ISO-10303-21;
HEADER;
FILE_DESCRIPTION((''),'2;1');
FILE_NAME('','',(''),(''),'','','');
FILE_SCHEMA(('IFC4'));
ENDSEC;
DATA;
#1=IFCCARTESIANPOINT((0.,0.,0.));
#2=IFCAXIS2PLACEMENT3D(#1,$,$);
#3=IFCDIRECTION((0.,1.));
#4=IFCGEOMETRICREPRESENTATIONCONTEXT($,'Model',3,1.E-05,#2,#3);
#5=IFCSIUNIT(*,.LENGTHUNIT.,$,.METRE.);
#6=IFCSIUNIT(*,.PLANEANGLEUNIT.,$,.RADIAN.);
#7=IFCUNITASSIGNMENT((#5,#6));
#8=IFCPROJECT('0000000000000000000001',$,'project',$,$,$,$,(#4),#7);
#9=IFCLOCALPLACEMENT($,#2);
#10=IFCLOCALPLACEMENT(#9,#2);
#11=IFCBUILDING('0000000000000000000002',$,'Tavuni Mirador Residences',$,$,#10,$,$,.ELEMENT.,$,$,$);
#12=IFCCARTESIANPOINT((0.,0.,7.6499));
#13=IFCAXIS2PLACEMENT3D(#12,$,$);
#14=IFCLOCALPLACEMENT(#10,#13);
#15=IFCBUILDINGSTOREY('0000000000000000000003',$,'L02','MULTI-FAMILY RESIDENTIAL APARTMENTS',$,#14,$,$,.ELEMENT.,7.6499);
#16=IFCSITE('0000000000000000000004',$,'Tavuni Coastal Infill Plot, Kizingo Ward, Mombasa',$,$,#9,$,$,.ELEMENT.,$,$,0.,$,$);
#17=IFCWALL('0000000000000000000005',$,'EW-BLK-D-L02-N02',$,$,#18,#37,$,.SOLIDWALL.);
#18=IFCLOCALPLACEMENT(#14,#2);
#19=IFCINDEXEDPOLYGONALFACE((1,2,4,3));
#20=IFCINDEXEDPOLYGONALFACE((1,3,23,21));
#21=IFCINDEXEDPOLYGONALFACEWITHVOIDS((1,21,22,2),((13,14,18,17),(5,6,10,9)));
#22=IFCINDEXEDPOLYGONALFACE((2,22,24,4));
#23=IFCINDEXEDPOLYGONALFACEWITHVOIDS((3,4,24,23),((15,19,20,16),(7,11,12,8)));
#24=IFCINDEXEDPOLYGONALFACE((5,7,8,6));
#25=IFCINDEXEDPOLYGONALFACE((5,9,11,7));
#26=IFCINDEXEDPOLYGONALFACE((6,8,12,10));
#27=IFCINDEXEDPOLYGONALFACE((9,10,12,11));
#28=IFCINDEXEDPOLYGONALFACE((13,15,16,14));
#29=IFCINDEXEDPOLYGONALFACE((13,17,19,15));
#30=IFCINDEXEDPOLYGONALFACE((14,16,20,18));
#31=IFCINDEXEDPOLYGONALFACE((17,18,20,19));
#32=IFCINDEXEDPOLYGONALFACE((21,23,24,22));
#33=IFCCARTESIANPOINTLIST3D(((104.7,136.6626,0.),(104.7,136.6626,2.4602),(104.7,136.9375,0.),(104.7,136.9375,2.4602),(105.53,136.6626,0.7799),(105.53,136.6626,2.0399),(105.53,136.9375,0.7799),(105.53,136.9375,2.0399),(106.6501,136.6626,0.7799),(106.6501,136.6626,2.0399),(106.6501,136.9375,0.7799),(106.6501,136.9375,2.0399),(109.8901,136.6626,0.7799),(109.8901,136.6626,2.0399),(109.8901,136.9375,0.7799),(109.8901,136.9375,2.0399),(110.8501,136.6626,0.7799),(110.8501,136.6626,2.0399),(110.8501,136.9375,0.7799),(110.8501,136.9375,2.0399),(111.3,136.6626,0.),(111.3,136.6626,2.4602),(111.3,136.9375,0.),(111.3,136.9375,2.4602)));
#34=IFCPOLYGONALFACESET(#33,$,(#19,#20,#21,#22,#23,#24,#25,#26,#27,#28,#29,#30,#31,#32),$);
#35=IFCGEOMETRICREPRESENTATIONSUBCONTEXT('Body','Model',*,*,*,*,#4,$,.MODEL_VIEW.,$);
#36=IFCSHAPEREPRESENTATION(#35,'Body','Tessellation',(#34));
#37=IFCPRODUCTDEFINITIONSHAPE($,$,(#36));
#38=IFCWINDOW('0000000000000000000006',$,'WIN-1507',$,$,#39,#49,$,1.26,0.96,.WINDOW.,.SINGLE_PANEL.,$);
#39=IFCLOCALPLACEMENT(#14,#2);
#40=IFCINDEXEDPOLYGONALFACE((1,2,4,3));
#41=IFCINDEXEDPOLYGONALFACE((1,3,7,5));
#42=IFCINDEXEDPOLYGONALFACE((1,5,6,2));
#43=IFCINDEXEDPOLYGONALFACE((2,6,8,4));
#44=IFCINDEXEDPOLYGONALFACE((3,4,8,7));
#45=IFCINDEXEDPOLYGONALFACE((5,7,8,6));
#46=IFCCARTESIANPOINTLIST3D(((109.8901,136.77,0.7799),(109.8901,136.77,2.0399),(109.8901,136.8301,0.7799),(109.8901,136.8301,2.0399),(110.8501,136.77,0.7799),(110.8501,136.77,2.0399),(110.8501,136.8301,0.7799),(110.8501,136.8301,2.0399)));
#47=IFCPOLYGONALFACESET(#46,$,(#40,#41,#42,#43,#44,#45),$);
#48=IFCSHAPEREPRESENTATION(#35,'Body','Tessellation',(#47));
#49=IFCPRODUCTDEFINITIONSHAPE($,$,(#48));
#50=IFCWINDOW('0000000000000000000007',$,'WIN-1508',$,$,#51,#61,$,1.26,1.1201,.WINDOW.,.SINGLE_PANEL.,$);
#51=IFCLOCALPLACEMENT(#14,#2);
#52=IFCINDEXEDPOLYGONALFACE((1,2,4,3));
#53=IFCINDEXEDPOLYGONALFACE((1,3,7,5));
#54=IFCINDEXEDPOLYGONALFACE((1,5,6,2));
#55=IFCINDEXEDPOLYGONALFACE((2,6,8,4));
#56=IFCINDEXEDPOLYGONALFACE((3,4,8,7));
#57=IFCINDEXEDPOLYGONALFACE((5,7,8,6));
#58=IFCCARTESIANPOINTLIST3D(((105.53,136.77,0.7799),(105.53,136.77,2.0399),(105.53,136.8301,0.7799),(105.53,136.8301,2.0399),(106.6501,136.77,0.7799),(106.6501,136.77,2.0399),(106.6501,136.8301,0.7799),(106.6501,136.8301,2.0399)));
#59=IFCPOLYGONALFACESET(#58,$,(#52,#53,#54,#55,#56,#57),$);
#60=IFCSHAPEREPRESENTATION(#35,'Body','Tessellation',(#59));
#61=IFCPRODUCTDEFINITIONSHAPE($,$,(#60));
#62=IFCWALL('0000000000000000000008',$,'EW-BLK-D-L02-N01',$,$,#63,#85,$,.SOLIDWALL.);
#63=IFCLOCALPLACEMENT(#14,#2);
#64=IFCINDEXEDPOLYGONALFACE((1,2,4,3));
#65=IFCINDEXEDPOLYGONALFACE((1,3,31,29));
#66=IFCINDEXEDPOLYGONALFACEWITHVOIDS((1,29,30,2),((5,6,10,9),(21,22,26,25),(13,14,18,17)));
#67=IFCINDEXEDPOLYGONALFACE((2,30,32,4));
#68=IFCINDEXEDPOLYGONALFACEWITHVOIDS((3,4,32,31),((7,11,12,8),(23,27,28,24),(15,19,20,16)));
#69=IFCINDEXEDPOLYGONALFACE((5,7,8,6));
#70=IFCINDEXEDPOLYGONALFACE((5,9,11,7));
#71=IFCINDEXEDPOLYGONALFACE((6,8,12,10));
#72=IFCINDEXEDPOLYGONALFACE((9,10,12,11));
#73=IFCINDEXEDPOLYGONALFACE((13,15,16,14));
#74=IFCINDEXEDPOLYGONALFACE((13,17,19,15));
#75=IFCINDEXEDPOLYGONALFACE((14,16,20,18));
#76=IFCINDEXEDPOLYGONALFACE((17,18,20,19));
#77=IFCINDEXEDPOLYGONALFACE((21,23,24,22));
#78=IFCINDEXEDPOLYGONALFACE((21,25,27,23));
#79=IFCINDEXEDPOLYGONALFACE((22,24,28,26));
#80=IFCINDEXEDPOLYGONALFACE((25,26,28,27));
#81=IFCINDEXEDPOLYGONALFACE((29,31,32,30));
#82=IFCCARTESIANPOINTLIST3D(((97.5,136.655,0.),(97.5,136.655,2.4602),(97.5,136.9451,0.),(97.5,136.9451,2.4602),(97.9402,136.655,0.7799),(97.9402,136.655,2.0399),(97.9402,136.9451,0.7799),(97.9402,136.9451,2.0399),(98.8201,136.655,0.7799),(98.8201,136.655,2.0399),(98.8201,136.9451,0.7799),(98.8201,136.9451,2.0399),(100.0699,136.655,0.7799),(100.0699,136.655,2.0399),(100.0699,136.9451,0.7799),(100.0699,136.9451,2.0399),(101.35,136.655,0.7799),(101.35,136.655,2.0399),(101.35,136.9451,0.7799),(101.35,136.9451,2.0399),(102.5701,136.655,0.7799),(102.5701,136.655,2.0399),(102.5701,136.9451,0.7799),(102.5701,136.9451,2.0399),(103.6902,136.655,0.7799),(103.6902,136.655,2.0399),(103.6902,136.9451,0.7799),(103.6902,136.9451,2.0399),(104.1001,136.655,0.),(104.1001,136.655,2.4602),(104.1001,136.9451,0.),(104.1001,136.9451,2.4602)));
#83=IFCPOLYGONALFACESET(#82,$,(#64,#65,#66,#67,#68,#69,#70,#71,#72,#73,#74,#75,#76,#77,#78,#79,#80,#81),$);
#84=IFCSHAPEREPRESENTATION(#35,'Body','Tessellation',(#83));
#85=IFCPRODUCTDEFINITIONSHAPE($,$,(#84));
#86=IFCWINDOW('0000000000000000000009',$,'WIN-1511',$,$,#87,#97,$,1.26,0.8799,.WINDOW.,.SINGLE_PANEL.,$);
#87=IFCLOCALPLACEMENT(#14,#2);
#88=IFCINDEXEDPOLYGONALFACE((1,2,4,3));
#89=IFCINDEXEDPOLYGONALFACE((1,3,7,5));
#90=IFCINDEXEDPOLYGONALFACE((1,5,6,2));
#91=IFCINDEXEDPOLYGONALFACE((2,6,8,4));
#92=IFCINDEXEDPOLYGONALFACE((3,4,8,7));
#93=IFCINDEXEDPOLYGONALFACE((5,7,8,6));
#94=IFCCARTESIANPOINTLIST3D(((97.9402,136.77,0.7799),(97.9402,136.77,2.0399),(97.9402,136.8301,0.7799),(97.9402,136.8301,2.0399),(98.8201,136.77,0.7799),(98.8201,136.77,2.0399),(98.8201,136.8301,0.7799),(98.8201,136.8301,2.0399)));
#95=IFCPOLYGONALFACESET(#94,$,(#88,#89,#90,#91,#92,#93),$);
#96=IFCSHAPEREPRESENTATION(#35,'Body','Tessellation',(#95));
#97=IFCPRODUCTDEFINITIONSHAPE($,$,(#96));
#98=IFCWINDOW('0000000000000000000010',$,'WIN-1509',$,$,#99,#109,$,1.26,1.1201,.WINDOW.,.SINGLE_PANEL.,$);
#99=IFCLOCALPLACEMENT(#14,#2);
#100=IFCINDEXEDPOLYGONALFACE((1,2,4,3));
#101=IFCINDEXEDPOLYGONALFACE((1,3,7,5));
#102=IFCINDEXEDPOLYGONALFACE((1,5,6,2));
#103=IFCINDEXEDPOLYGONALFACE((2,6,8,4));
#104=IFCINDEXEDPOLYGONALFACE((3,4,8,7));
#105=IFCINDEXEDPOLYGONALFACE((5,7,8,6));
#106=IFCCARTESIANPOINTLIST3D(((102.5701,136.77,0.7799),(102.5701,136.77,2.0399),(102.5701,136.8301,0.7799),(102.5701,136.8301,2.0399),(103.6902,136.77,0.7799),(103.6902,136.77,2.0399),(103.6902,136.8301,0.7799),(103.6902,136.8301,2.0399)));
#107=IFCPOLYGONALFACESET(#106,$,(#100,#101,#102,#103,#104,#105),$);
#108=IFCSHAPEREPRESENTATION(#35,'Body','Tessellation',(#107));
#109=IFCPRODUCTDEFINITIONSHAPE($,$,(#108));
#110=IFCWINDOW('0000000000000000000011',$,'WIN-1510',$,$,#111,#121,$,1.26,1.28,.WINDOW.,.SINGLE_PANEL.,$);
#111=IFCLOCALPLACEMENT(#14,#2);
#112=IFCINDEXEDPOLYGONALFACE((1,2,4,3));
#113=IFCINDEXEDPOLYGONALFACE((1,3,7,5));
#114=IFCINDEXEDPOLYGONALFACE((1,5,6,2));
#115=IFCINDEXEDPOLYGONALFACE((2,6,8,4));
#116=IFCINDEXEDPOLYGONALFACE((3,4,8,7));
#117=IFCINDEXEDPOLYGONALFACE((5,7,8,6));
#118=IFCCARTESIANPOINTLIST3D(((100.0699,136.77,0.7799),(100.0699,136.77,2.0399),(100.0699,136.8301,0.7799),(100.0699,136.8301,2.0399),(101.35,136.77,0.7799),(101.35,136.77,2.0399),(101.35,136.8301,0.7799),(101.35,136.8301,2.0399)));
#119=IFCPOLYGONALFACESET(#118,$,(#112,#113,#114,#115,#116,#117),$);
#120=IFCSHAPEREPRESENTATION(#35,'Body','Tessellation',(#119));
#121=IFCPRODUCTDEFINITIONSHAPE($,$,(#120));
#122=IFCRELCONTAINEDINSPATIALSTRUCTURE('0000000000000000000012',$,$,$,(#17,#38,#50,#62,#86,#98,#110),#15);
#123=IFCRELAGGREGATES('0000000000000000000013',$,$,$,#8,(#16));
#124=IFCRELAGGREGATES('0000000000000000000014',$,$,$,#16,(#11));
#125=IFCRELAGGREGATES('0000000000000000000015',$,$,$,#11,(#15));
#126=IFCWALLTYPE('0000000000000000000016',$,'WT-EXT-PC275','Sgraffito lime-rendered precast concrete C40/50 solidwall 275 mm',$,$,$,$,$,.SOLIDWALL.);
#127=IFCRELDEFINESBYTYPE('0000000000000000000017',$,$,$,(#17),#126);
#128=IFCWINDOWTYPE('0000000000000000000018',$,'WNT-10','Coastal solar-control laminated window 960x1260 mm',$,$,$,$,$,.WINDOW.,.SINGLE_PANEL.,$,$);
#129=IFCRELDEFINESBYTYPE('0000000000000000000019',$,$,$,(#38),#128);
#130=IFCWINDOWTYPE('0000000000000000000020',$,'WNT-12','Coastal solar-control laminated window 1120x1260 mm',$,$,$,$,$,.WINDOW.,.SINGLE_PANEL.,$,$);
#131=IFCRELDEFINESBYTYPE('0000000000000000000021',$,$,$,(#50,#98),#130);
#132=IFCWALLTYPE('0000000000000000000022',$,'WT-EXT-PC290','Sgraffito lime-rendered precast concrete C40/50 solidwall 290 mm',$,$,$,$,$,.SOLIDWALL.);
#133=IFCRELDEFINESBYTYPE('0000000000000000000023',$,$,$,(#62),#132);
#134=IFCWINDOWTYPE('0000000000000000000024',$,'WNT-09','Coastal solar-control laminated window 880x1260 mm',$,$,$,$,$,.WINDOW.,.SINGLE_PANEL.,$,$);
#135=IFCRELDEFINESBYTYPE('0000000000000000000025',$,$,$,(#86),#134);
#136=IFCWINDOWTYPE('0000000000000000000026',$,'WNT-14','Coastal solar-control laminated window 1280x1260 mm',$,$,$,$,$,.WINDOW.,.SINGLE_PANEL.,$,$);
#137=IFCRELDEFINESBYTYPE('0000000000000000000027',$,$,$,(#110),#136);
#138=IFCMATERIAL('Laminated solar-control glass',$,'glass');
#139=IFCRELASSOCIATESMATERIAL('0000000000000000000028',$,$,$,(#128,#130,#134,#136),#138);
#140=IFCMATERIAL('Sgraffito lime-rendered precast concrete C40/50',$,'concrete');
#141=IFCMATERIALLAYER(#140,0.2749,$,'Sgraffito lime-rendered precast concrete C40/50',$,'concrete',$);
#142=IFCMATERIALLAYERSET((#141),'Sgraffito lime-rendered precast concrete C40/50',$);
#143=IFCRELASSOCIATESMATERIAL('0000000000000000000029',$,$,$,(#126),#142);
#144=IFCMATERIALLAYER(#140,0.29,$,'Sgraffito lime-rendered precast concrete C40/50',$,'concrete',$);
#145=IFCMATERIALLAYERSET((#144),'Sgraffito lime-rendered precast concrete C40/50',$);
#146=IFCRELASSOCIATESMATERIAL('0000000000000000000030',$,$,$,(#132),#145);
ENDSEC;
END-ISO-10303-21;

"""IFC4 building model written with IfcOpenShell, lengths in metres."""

from ifc_helpers import new_model, si_unit, direction, frame, frame_2d, origin, place, context, subcontext, project, spatial, rectangle, extrude, material, layer, layer_set, type_object, element, fill, save


model = new_model("IFC4")

# Units and contexts
model_context = context("Model", 3, precision=1e-05, world=origin(), true_north=direction((0.0, 1.0)))
body_context = subcontext(model_context, "Body", "Model", "MODEL_VIEW")
ifc_project = project(units=[si_unit("LENGTHUNIT", "METRE"), si_unit("PLANEANGLEUNIT", "RADIAN")], contexts=[model_context])

# Site, building, storey
site_placement = place(None, origin())
site = spatial("IfcSite", under=ifc_project, at=site_placement, Name="Tavuni Coastal Infill Plot, Kizingo Ward, Mombasa", CompositionType="ELEMENT", RefElevation=0.0)
building_placement = place(site_placement, origin())
building = spatial("IfcBuilding", under=site, at=building_placement, Name="Tavuni Mirador Residences", CompositionType="ELEMENT")
storey_placement = place(building_placement, frame((0.0, 0.0, 7.6499)))
storey = spatial("IfcBuildingStorey", under=building, at=storey_placement, Name="L02", Description="MULTI-FAMILY RESIDENTIAL APARTMENTS", CompositionType="ELEMENT", Elevation=7.6499)

# Walls, openings, windows
ifc_material_1 = material(Name="Sgraffito lime-rendered precast concrete C40/50", Category="concrete")
ifc_material_2 = material(Name="Laminated solar-control glass", Category="glass")
window_type_1 = type_object("IfcWindowType", Name="WNT-10", Description="Coastal solar-control laminated window 960x1260 mm", PartitioningType="SINGLE_PANEL", PredefinedType="WINDOW", material=ifc_material_2)
ifc_layer_1 = layer(ifc_material_1, 0.2749, Name="Sgraffito lime-rendered precast concrete C40/50", Category="concrete")
ifc_layer_set_1 = layer_set([ifc_layer_1], Name="Sgraffito lime-rendered precast concrete C40/50")
wall_type_1 = type_object("IfcWallType", Name="WT-EXT-PC275", Description="Sgraffito lime-rendered precast concrete C40/50 solidwall 275 mm", PredefinedType="SOLIDWALL", material=ifc_layer_set_1)
wall_1_placement = place(storey_placement, frame((111.3, 136.8, 0.0), z_axis=(0.0, 0.0, 1.0), x_axis=(-1.0, 0.0, 0.0)))
wall_1 = element("IfcWall", 1, at=wall_1_placement, inside=storey, type_object=wall_type_1, Name="EW-BLK-D-L02-N02", PredefinedType="SOLIDWALL", context=body_context, shape_type="SweptSolid", body=[
    extrude(rectangle(XDim=6.6001, YDim=0.2749, at=frame_2d((3.3, 0.0))), origin(), (0.0, 0.0, 1.0), 2.4602),
])
opening_1_placement = place(wall_1_placement, frame((0.45, 0.0, 0.78)))
opening_1 = element("IfcOpeningElement", 2, at=opening_1_placement, cuts=wall_1, PredefinedType="OPENING", context=body_context, shape_type="SweptSolid", body=[
    extrude(rectangle(XDim=0.96, YDim=1.26, at=frame_2d((0.48, 0.6299))), frame((0.0, 0.1475, 0.0), z_axis=(0.0, -1.0, 0.0), x_axis=(1.0, 0.0, 0.0)), (0.0, 0.0, 1.0), 0.2949),
])
opening_2_placement = place(wall_1_placement, frame((4.6499, 0.0, 0.78)))
opening_2 = element("IfcOpeningElement", 3, at=opening_2_placement, cuts=wall_1, PredefinedType="OPENING", context=body_context, shape_type="SweptSolid", body=[
    extrude(rectangle(XDim=1.1201, YDim=1.26, at=frame_2d((0.5601, 0.6299))), frame((0.0, 0.1475, 0.0), z_axis=(0.0, -1.0, 0.0), x_axis=(1.0, 0.0, 0.0)), (0.0, 0.0, 1.0), 0.2949),
])
window_1_placement = place(opening_1_placement, origin())
window_1 = element("IfcWindow", 4, at=window_1_placement, inside=storey, type_object=window_type_1, Name="WIN-1507", OverallHeight=1.26, OverallWidth=0.96, PartitioningType="SINGLE_PANEL", PredefinedType="WINDOW", context=body_context, shape_type="SweptSolid", body=[
    extrude(rectangle(XDim=0.96, YDim=1.26, at=frame_2d((0.48, 0.6299))), frame((0.0, 0.03, 0.0), z_axis=(0.0, -1.0, 0.0), x_axis=(1.0, 0.0, 0.0)), (0.0, 0.0, 1.0), 0.0601),
])
fill(opening_1, window_1)
window_type_2 = type_object("IfcWindowType", Name="WNT-12", Description="Coastal solar-control laminated window 1120x1260 mm", PartitioningType="SINGLE_PANEL", PredefinedType="WINDOW", material=ifc_material_2)
window_2_placement = place(opening_2_placement, origin())
window_2 = element("IfcWindow", 5, at=window_2_placement, inside=storey, type_object=window_type_2, Name="WIN-1508", OverallHeight=1.26, OverallWidth=1.1201, PartitioningType="SINGLE_PANEL", PredefinedType="WINDOW", context=body_context, shape_type="SweptSolid", body=[
    extrude(rectangle(XDim=1.1201, YDim=1.26, at=frame_2d((0.5601, 0.6299))), frame((0.0, 0.03, 0.0), z_axis=(0.0, -1.0, 0.0), x_axis=(1.0, 0.0, 0.0)), (0.0, 0.0, 1.0), 0.0601),
])
fill(opening_2, window_2)
ifc_layer_2 = layer(ifc_material_1, 0.29, Name="Sgraffito lime-rendered precast concrete C40/50", Category="concrete")
ifc_layer_set_2 = layer_set([ifc_layer_2], Name="Sgraffito lime-rendered precast concrete C40/50")
wall_type_2 = type_object("IfcWallType", Name="WT-EXT-PC290", Description="Sgraffito lime-rendered precast concrete C40/50 solidwall 290 mm", PredefinedType="SOLIDWALL", material=ifc_layer_set_2)
wall_2_placement = place(storey_placement, frame((104.1001, 136.8, 0.0), z_axis=(0.0, 0.0, 1.0), x_axis=(-1.0, 0.0, 0.0)))
wall_2 = element("IfcWall", 6, at=wall_2_placement, inside=storey, type_object=wall_type_2, Name="EW-BLK-D-L02-N01", PredefinedType="SOLIDWALL", context=body_context, shape_type="SweptSolid", body=[
    extrude(rectangle(XDim=6.6001, YDim=0.29, at=frame_2d((3.3, 0.0))), origin(), (0.0, 0.0, 1.0), 2.4602),
])
opening_3_placement = place(wall_2_placement, frame((0.4099, 0.0, 0.78)))
opening_3 = element("IfcOpeningElement", 7, at=opening_3_placement, cuts=wall_2, PredefinedType="OPENING", context=body_context, shape_type="SweptSolid", body=[
    extrude(rectangle(XDim=1.1201, YDim=1.26, at=frame_2d((0.5601, 0.6299))), frame((0.0, 0.155, 0.0), z_axis=(0.0, -1.0, 0.0), x_axis=(1.0, 0.0, 0.0)), (0.0, 0.0, 1.0), 0.3101),
])
opening_4_placement = place(wall_2_placement, frame((2.75, 0.0, 0.78)))
opening_4 = element("IfcOpeningElement", 8, at=opening_4_placement, cuts=wall_2, PredefinedType="OPENING", context=body_context, shape_type="SweptSolid", body=[
    extrude(rectangle(XDim=1.28, YDim=1.26, at=frame_2d((0.6401, 0.6299))), frame((0.0, 0.155, 0.0), z_axis=(0.0, -1.0, 0.0), x_axis=(1.0, 0.0, 0.0)), (0.0, 0.0, 1.0), 0.3101),
])
opening_5_placement = place(wall_2_placement, frame((5.28, 0.0, 0.78)))
opening_5 = element("IfcOpeningElement", 9, at=opening_5_placement, cuts=wall_2, PredefinedType="OPENING", context=body_context, shape_type="SweptSolid", body=[
    extrude(rectangle(XDim=0.8799, YDim=1.26, at=frame_2d((0.4399, 0.6299))), frame((0.0, 0.155, 0.0), z_axis=(0.0, -1.0, 0.0), x_axis=(1.0, 0.0, 0.0)), (0.0, 0.0, 1.0), 0.3101),
])
window_type_3 = type_object("IfcWindowType", Name="WNT-09", Description="Coastal solar-control laminated window 880x1260 mm", PartitioningType="SINGLE_PANEL", PredefinedType="WINDOW", material=ifc_material_2)
window_3_placement = place(opening_5_placement, origin())
window_3 = element("IfcWindow", 10, at=window_3_placement, inside=storey, type_object=window_type_3, Name="WIN-1511", OverallHeight=1.26, OverallWidth=0.8799, PartitioningType="SINGLE_PANEL", PredefinedType="WINDOW", context=body_context, shape_type="SweptSolid", body=[
    extrude(rectangle(XDim=0.8799, YDim=1.26, at=frame_2d((0.4399, 0.6299))), frame((0.0, 0.03, 0.0), z_axis=(0.0, -1.0, 0.0), x_axis=(1.0, 0.0, 0.0)), (0.0, 0.0, 1.0), 0.0601),
])
fill(opening_5, window_3)
window_4_placement = place(opening_3_placement, origin())
window_4 = element("IfcWindow", 11, at=window_4_placement, inside=storey, type_object=window_type_2, Name="WIN-1509", OverallHeight=1.26, OverallWidth=1.1201, PartitioningType="SINGLE_PANEL", PredefinedType="WINDOW", context=body_context, shape_type="SweptSolid", body=[
    extrude(rectangle(XDim=1.1201, YDim=1.26, at=frame_2d((0.5601, 0.6299))), frame((0.0, 0.03, 0.0), z_axis=(0.0, -1.0, 0.0), x_axis=(1.0, 0.0, 0.0)), (0.0, 0.0, 1.0), 0.0601),
])
fill(opening_3, window_4)
window_type_4 = type_object("IfcWindowType", Name="WNT-14", Description="Coastal solar-control laminated window 1280x1260 mm", PartitioningType="SINGLE_PANEL", PredefinedType="WINDOW", material=ifc_material_2)
window_5_placement = place(opening_4_placement, origin())
window_5 = element("IfcWindow", 12, at=window_5_placement, inside=storey, type_object=window_type_4, Name="WIN-1510", OverallHeight=1.26, OverallWidth=1.28, PartitioningType="SINGLE_PANEL", PredefinedType="WINDOW", context=body_context, shape_type="SweptSolid", body=[
    extrude(rectangle(XDim=1.28, YDim=1.26, at=frame_2d((0.6401, 0.6299))), frame((0.0, 0.03, 0.0), z_axis=(0.0, -1.0, 0.0), x_axis=(1.0, 0.0, 0.0)), (0.0, 0.0, 1.0), 0.0601),
])
fill(opening_4, window_5)

save(model, "model.ifc")
